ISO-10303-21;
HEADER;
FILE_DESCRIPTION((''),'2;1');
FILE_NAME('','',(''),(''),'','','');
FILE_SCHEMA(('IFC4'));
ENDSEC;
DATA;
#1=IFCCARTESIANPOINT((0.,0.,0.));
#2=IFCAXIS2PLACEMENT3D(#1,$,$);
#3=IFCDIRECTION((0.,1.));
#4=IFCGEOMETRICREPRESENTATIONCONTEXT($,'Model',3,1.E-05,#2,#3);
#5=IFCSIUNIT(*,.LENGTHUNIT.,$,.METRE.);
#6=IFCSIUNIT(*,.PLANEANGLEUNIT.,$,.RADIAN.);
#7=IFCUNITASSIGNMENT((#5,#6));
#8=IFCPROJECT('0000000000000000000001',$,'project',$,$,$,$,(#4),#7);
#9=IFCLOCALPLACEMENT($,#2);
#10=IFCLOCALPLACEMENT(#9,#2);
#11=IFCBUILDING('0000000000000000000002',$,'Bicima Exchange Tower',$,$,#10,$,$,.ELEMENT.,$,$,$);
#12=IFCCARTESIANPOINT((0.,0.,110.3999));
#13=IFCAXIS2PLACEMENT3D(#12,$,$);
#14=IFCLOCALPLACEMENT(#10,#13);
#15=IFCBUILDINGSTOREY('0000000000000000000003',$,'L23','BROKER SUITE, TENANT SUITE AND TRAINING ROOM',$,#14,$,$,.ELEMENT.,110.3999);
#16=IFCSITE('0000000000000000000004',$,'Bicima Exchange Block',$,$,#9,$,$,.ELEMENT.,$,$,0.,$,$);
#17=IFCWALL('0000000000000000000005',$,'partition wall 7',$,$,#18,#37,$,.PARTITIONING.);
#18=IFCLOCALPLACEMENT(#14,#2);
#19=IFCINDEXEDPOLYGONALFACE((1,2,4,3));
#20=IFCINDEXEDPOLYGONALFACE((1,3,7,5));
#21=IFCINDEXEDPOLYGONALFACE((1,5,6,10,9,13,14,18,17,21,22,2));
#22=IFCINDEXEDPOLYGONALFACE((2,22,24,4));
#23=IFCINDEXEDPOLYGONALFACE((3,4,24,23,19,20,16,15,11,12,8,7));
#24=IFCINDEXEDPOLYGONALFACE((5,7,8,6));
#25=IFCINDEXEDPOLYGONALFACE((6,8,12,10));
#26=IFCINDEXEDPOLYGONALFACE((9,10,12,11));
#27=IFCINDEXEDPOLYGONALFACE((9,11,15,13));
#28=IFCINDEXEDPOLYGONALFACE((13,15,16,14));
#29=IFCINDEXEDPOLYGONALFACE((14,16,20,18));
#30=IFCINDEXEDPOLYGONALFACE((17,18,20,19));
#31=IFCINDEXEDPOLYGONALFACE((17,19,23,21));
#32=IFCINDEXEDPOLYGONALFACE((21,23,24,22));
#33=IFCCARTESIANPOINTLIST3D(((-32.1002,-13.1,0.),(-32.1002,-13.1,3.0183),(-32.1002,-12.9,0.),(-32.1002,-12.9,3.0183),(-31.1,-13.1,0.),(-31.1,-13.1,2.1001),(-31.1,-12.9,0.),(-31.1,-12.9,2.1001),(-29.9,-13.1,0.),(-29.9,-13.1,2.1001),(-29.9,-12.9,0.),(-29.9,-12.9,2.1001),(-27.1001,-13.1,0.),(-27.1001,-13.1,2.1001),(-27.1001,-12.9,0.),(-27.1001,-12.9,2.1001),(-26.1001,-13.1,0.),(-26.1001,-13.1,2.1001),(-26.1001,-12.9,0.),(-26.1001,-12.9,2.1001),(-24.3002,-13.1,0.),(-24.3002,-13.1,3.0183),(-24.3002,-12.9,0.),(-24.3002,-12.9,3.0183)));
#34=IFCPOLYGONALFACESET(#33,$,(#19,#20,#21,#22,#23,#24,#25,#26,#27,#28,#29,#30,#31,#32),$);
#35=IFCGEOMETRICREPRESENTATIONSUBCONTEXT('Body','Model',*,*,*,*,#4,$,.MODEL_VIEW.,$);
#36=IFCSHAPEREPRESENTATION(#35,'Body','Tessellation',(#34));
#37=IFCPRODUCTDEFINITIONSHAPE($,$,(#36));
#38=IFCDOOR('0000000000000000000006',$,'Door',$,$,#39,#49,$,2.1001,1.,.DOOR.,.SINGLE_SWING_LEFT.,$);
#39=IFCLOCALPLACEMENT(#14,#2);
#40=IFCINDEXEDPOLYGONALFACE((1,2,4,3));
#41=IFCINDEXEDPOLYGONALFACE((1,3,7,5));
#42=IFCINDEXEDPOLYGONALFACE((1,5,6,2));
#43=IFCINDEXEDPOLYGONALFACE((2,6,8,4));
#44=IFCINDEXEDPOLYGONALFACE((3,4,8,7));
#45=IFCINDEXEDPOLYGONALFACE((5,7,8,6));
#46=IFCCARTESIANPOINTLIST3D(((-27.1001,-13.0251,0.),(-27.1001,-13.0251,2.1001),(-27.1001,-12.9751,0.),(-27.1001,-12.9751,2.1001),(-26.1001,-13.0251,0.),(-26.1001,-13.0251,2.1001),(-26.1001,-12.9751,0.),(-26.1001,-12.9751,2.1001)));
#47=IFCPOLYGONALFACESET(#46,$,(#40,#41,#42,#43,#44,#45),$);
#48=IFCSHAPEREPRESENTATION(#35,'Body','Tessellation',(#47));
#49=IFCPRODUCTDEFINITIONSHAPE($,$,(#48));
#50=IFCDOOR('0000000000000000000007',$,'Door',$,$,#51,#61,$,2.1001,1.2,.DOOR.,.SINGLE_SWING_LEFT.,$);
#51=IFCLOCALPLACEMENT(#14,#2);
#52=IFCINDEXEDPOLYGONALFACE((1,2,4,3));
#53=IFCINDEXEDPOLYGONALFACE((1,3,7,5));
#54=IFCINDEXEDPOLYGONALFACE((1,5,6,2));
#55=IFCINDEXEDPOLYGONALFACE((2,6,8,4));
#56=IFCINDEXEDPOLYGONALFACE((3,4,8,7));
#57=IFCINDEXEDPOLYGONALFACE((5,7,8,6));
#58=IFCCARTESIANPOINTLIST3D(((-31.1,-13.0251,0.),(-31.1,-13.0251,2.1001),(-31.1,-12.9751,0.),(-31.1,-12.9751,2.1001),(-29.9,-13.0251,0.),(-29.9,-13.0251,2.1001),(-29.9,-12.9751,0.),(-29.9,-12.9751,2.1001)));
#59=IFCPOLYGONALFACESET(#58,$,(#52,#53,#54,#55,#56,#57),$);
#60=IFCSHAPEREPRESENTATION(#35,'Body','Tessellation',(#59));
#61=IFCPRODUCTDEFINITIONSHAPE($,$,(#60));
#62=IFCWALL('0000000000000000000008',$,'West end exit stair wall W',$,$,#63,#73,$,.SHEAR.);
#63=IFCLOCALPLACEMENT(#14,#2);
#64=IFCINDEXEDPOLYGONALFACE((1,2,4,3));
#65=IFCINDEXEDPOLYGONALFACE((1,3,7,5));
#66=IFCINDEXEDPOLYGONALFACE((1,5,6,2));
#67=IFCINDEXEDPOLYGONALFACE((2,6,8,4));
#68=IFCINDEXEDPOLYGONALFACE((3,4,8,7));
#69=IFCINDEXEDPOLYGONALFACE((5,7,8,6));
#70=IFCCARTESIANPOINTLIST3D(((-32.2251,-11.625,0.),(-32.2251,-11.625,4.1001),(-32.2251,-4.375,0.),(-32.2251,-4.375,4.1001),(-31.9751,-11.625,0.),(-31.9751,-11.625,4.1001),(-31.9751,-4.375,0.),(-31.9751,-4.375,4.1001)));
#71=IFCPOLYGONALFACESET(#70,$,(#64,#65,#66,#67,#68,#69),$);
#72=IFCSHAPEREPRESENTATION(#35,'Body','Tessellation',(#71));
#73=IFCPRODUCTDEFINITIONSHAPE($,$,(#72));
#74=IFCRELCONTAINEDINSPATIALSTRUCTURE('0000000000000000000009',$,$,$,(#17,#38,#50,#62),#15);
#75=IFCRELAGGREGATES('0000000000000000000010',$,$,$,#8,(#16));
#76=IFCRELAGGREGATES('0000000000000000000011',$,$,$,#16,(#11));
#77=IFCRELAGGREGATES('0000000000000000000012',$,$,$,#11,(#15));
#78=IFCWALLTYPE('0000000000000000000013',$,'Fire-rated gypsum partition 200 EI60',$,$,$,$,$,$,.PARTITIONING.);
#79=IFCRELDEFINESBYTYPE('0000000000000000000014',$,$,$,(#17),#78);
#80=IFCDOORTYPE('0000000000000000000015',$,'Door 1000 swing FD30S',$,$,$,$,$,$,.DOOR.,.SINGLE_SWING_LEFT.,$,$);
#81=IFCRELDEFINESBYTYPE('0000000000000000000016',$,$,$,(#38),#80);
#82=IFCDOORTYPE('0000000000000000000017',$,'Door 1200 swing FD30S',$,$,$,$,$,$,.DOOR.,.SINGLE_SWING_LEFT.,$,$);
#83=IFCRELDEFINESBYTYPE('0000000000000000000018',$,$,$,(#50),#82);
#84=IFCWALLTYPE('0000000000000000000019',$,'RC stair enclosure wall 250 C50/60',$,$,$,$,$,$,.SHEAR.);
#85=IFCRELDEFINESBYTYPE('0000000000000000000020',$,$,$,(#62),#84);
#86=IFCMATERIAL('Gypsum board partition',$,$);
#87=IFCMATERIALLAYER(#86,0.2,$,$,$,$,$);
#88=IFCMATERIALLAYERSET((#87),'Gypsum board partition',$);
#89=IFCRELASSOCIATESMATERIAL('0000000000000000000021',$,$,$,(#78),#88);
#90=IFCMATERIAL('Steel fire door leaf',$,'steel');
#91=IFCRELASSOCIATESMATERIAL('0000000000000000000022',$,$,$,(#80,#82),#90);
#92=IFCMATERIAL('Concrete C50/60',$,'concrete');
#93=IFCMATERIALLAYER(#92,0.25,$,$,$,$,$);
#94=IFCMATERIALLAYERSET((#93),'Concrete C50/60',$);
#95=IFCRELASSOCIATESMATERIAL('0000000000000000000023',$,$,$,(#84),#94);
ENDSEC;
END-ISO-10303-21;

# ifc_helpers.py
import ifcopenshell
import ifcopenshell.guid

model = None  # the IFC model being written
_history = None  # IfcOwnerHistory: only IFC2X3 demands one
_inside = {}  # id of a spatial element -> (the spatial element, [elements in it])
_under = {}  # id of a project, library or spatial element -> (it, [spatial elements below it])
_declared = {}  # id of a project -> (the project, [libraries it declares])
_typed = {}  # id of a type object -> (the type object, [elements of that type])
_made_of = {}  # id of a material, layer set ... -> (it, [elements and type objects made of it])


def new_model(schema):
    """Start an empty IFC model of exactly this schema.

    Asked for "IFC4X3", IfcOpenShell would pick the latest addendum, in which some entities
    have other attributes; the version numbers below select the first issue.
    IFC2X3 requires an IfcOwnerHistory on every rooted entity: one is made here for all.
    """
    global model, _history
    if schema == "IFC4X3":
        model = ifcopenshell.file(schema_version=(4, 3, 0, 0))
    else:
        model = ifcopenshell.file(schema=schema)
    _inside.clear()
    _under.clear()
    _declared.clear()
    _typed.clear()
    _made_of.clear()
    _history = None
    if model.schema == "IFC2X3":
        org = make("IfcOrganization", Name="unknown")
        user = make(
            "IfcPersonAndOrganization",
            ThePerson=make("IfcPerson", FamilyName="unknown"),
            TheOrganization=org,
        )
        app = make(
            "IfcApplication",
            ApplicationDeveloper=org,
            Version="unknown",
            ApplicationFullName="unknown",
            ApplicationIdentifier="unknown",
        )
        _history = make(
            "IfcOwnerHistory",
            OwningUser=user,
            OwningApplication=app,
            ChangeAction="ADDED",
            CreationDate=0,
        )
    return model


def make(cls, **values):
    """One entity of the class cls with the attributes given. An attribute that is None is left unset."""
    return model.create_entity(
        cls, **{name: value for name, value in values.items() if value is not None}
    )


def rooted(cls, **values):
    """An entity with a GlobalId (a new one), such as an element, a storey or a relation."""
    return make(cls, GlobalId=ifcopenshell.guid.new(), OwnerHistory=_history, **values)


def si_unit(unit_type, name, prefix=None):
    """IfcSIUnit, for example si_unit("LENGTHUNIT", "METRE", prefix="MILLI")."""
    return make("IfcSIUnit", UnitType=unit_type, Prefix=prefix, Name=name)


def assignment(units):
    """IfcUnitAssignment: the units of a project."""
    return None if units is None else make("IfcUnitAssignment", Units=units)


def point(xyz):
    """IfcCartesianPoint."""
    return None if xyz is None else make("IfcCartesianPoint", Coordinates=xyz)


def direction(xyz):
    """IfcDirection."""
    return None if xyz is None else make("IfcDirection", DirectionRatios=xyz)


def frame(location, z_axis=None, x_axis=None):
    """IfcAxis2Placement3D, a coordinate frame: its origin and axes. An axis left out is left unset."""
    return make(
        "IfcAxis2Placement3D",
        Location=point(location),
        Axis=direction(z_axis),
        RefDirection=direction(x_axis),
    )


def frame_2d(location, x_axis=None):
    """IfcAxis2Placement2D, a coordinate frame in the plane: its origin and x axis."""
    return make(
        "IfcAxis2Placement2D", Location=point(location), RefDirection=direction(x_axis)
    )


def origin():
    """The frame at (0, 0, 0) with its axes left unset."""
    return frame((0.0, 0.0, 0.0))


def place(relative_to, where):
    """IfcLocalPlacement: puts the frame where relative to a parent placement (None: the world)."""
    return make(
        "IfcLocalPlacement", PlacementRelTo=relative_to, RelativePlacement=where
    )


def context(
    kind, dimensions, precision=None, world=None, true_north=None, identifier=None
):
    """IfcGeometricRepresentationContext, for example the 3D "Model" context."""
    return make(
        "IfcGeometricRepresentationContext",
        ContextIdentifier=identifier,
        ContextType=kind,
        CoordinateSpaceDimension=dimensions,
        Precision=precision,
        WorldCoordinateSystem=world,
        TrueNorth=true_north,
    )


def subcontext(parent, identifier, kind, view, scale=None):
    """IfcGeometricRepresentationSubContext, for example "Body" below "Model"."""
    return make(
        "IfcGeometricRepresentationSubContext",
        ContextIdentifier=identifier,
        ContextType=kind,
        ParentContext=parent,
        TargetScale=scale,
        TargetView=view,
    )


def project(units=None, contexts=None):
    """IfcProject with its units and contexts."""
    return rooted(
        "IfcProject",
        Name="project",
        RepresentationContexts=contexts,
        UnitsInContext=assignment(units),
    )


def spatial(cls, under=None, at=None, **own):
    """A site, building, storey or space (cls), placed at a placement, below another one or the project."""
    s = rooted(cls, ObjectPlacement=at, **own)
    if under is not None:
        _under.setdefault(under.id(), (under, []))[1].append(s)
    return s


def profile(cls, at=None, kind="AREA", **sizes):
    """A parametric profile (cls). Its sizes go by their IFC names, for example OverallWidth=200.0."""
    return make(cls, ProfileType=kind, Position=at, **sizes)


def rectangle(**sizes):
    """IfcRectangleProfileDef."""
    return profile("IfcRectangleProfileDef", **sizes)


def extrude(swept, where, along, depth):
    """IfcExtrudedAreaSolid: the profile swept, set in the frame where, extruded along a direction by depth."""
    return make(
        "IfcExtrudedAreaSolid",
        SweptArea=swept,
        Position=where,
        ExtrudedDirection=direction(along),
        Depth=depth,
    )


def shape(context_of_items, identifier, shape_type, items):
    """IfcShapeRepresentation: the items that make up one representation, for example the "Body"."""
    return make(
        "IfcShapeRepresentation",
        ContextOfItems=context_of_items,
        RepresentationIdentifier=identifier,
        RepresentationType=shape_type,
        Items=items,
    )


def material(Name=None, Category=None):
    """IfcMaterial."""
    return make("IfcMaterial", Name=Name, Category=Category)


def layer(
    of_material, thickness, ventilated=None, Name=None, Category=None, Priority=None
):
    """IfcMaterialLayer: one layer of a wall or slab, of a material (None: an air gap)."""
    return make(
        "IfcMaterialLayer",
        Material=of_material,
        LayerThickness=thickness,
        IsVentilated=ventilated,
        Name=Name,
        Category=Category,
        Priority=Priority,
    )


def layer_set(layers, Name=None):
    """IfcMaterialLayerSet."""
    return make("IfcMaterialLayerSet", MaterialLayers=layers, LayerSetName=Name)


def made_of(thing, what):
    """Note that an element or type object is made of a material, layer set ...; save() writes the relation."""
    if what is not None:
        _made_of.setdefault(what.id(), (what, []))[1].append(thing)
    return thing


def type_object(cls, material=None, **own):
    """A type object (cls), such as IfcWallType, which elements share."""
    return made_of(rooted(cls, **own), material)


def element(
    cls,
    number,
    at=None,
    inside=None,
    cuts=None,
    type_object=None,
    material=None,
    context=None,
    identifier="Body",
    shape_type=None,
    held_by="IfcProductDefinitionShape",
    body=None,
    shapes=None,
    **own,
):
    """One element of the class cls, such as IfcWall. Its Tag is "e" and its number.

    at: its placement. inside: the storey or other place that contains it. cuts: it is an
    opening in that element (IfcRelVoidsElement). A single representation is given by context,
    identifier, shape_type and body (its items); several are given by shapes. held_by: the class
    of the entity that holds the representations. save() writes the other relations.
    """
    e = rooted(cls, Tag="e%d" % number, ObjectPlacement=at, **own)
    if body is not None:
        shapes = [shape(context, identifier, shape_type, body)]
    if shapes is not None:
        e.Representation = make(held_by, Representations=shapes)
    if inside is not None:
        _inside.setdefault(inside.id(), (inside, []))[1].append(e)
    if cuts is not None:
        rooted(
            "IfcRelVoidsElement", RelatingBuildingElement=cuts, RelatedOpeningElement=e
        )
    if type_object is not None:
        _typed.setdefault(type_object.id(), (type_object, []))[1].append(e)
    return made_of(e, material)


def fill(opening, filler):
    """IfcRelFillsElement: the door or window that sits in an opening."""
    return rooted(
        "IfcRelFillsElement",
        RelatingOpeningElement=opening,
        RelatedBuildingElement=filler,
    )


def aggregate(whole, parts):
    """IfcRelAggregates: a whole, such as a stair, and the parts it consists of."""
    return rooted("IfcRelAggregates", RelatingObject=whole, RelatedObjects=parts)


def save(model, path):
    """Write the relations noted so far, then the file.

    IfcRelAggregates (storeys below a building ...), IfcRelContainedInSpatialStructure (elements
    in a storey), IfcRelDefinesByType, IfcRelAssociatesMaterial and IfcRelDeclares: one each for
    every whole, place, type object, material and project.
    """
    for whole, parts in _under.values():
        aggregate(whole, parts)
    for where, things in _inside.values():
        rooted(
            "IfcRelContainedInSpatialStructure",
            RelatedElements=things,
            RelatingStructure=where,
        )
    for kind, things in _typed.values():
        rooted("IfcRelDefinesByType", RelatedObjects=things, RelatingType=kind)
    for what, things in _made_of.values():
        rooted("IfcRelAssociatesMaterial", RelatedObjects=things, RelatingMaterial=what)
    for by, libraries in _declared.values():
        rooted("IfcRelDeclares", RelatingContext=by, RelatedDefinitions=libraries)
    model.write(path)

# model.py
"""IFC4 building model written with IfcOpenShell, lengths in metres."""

from ifc_helpers import new_model, si_unit, direction, frame, frame_2d, origin, place, context, subcontext, project, spatial, rectangle, extrude, material, layer, layer_set, type_object, element, fill, save


model = new_model("IFC4")

# Units and contexts
model_context = context("Model", 3, precision=1e-05, world=origin(), true_north=direction((0.0, 1.0)))
body_context = subcontext(model_context, "Body", "Model", "MODEL_VIEW")
ifc_project = project(units=[si_unit("LENGTHUNIT", "METRE"), si_unit("PLANEANGLEUNIT", "RADIAN")], contexts=[model_context])

# Site, building, storey
site_placement = place(None, origin())
site = spatial("IfcSite", under=ifc_project, at=site_placement, Name="Bicima Exchange Block", CompositionType="ELEMENT", RefElevation=0.0)
building_placement = place(site_placement, origin())
building = spatial("IfcBuilding", under=site, at=building_placement, Name="Bicima Exchange Tower", CompositionType="ELEMENT")
storey_placement = place(building_placement, frame((0.0, 0.0, 110.3999)))
storey = spatial("IfcBuildingStorey", under=building, at=storey_placement, Name="L23", Description="BROKER SUITE, TENANT SUITE AND TRAINING ROOM", CompositionType="ELEMENT", Elevation=110.3999)

# Wall, openings, doors
ifc_material_1 = material(Name="Gypsum board partition")
ifc_layer_1 = layer(ifc_material_1, 0.2)
ifc_layer_set_1 = layer_set([ifc_layer_1], Name="Gypsum board partition")
wall_type_1 = type_object("IfcWallType", Name="Fire-rated gypsum partition 200 EI60", PredefinedType="PARTITIONING", material=ifc_layer_set_1)
ifc_material_2 = material(Name="Steel fire door leaf", Category="steel")
door_type_1 = type_object("IfcDoorType", Name="Door 1000 swing FD30S", OperationType="SINGLE_SWING_LEFT", PredefinedType="DOOR", material=ifc_material_2)
wall_1_placement = place(storey_placement, frame((-32.1001, -13.0, 0.0), z_axis=(0.0, 0.0, 1.0), x_axis=(1.0, 0.0, 0.0)))
wall_1 = element("IfcWall", 1, at=wall_1_placement, inside=storey, type_object=wall_type_1, Name="partition wall 7", PredefinedType="PARTITIONING", context=body_context, shape_type="SweptSolid", body=[
    extrude(rectangle(XDim=7.8, YDim=0.2, at=frame_2d((3.8999, 0.0))), origin(), (0.0, 0.0, 1.0), 3.0183),
])
opening_1_placement = place(wall_1_placement, frame((1.0, 0.0, 0.0)))
opening_1 = element("IfcOpeningElement", 2, at=opening_1_placement, cuts=wall_1, PredefinedType="OPENING", context=body_context, shape_type="SweptSolid", body=[
    extrude(rectangle(XDim=1.2, YDim=2.1001, at=frame_2d((0.6001, 1.05))), frame((0.0, 0.1118, 0.0), z_axis=(0.0, -1.0, 0.0), x_axis=(1.0, 0.0, 0.0)), (0.0, 0.0, 1.0), 0.2239),
])
opening_2_placement = place(wall_1_placement, frame((5.0, 0.0, 0.0)))
opening_2 = element("IfcOpeningElement", 3, at=opening_2_placement, cuts=wall_1, PredefinedType="OPENING", context=body_context, shape_type="SweptSolid", body=[
    extrude(rectangle(XDim=1.0, YDim=2.1001, at=frame_2d((0.5, 1.05))), frame((0.0, 0.1118, 0.0), z_axis=(0.0, -1.0, 0.0), x_axis=(1.0, 0.0, 0.0)), (0.0, 0.0, 1.0), 0.2239),
])
door_1_placement = place(opening_2_placement, origin())
door_1 = element("IfcDoor", 4, at=door_1_placement, inside=storey, type_object=door_type_1, Name="Door", OperationType="SINGLE_SWING_LEFT", OverallHeight=2.1001, OverallWidth=1.0, PredefinedType="DOOR", context=body_context, shape_type="SweptSolid", body=[
    extrude(rectangle(XDim=1.0, YDim=2.1001, at=frame_2d((0.5, 1.05))), frame((0.0, 0.0249, 0.0), z_axis=(0.0, -1.0, 0.0), x_axis=(1.0, 0.0, 0.0)), (0.0, 0.0, 1.0), 0.05),
])
fill(opening_2, door_1)
door_type_2 = type_object("IfcDoorType", Name="Door 1200 swing FD30S", OperationType="SINGLE_SWING_LEFT", PredefinedType="DOOR", material=ifc_material_2)
door_2_placement = place(opening_1_placement, origin())
door_2 = element("IfcDoor", 5, at=door_2_placement, inside=storey, type_object=door_type_2, Name="Door", OperationType="SINGLE_SWING_LEFT", OverallHeight=2.1001, OverallWidth=1.2, PredefinedType="DOOR", context=body_context, shape_type="SweptSolid", body=[
    extrude(rectangle(XDim=1.2, YDim=2.1001, at=frame_2d((0.6001, 1.05))), frame((0.0, 0.0249, 0.0), z_axis=(0.0, -1.0, 0.0), x_axis=(1.0, 0.0, 0.0)), (0.0, 0.0, 1.0), 0.05),
])
fill(opening_1, door_2)

# Wall
ifc_material_3 = material(Name="Concrete C50/60", Category="concrete")
ifc_layer_2 = layer(ifc_material_3, 0.25)
ifc_layer_set_2 = layer_set([ifc_layer_2], Name="Concrete C50/60")
wall_type_2 = type_object("IfcWallType", Name="RC stair enclosure wall 250 C50/60", PredefinedType="SHEAR", material=ifc_layer_set_2)
wall_2_placement = place(storey_placement, frame((-32.1001, -11.625, 0.0), z_axis=(0.0, 0.0, 1.0), x_axis=(0.0, 1.0, 0.0)))
element("IfcWall", 6, at=wall_2_placement, inside=storey, type_object=wall_type_2, Name="West end exit stair wall W", PredefinedType="SHEAR", context=body_context, shape_type="SweptSolid", body=[
    extrude(rectangle(XDim=7.25, YDim=0.25, at=frame_2d((3.625, 0.0))), origin(), (0.0, 0.0, 1.0), 4.1001),
])

save(model, "model.ifc")
